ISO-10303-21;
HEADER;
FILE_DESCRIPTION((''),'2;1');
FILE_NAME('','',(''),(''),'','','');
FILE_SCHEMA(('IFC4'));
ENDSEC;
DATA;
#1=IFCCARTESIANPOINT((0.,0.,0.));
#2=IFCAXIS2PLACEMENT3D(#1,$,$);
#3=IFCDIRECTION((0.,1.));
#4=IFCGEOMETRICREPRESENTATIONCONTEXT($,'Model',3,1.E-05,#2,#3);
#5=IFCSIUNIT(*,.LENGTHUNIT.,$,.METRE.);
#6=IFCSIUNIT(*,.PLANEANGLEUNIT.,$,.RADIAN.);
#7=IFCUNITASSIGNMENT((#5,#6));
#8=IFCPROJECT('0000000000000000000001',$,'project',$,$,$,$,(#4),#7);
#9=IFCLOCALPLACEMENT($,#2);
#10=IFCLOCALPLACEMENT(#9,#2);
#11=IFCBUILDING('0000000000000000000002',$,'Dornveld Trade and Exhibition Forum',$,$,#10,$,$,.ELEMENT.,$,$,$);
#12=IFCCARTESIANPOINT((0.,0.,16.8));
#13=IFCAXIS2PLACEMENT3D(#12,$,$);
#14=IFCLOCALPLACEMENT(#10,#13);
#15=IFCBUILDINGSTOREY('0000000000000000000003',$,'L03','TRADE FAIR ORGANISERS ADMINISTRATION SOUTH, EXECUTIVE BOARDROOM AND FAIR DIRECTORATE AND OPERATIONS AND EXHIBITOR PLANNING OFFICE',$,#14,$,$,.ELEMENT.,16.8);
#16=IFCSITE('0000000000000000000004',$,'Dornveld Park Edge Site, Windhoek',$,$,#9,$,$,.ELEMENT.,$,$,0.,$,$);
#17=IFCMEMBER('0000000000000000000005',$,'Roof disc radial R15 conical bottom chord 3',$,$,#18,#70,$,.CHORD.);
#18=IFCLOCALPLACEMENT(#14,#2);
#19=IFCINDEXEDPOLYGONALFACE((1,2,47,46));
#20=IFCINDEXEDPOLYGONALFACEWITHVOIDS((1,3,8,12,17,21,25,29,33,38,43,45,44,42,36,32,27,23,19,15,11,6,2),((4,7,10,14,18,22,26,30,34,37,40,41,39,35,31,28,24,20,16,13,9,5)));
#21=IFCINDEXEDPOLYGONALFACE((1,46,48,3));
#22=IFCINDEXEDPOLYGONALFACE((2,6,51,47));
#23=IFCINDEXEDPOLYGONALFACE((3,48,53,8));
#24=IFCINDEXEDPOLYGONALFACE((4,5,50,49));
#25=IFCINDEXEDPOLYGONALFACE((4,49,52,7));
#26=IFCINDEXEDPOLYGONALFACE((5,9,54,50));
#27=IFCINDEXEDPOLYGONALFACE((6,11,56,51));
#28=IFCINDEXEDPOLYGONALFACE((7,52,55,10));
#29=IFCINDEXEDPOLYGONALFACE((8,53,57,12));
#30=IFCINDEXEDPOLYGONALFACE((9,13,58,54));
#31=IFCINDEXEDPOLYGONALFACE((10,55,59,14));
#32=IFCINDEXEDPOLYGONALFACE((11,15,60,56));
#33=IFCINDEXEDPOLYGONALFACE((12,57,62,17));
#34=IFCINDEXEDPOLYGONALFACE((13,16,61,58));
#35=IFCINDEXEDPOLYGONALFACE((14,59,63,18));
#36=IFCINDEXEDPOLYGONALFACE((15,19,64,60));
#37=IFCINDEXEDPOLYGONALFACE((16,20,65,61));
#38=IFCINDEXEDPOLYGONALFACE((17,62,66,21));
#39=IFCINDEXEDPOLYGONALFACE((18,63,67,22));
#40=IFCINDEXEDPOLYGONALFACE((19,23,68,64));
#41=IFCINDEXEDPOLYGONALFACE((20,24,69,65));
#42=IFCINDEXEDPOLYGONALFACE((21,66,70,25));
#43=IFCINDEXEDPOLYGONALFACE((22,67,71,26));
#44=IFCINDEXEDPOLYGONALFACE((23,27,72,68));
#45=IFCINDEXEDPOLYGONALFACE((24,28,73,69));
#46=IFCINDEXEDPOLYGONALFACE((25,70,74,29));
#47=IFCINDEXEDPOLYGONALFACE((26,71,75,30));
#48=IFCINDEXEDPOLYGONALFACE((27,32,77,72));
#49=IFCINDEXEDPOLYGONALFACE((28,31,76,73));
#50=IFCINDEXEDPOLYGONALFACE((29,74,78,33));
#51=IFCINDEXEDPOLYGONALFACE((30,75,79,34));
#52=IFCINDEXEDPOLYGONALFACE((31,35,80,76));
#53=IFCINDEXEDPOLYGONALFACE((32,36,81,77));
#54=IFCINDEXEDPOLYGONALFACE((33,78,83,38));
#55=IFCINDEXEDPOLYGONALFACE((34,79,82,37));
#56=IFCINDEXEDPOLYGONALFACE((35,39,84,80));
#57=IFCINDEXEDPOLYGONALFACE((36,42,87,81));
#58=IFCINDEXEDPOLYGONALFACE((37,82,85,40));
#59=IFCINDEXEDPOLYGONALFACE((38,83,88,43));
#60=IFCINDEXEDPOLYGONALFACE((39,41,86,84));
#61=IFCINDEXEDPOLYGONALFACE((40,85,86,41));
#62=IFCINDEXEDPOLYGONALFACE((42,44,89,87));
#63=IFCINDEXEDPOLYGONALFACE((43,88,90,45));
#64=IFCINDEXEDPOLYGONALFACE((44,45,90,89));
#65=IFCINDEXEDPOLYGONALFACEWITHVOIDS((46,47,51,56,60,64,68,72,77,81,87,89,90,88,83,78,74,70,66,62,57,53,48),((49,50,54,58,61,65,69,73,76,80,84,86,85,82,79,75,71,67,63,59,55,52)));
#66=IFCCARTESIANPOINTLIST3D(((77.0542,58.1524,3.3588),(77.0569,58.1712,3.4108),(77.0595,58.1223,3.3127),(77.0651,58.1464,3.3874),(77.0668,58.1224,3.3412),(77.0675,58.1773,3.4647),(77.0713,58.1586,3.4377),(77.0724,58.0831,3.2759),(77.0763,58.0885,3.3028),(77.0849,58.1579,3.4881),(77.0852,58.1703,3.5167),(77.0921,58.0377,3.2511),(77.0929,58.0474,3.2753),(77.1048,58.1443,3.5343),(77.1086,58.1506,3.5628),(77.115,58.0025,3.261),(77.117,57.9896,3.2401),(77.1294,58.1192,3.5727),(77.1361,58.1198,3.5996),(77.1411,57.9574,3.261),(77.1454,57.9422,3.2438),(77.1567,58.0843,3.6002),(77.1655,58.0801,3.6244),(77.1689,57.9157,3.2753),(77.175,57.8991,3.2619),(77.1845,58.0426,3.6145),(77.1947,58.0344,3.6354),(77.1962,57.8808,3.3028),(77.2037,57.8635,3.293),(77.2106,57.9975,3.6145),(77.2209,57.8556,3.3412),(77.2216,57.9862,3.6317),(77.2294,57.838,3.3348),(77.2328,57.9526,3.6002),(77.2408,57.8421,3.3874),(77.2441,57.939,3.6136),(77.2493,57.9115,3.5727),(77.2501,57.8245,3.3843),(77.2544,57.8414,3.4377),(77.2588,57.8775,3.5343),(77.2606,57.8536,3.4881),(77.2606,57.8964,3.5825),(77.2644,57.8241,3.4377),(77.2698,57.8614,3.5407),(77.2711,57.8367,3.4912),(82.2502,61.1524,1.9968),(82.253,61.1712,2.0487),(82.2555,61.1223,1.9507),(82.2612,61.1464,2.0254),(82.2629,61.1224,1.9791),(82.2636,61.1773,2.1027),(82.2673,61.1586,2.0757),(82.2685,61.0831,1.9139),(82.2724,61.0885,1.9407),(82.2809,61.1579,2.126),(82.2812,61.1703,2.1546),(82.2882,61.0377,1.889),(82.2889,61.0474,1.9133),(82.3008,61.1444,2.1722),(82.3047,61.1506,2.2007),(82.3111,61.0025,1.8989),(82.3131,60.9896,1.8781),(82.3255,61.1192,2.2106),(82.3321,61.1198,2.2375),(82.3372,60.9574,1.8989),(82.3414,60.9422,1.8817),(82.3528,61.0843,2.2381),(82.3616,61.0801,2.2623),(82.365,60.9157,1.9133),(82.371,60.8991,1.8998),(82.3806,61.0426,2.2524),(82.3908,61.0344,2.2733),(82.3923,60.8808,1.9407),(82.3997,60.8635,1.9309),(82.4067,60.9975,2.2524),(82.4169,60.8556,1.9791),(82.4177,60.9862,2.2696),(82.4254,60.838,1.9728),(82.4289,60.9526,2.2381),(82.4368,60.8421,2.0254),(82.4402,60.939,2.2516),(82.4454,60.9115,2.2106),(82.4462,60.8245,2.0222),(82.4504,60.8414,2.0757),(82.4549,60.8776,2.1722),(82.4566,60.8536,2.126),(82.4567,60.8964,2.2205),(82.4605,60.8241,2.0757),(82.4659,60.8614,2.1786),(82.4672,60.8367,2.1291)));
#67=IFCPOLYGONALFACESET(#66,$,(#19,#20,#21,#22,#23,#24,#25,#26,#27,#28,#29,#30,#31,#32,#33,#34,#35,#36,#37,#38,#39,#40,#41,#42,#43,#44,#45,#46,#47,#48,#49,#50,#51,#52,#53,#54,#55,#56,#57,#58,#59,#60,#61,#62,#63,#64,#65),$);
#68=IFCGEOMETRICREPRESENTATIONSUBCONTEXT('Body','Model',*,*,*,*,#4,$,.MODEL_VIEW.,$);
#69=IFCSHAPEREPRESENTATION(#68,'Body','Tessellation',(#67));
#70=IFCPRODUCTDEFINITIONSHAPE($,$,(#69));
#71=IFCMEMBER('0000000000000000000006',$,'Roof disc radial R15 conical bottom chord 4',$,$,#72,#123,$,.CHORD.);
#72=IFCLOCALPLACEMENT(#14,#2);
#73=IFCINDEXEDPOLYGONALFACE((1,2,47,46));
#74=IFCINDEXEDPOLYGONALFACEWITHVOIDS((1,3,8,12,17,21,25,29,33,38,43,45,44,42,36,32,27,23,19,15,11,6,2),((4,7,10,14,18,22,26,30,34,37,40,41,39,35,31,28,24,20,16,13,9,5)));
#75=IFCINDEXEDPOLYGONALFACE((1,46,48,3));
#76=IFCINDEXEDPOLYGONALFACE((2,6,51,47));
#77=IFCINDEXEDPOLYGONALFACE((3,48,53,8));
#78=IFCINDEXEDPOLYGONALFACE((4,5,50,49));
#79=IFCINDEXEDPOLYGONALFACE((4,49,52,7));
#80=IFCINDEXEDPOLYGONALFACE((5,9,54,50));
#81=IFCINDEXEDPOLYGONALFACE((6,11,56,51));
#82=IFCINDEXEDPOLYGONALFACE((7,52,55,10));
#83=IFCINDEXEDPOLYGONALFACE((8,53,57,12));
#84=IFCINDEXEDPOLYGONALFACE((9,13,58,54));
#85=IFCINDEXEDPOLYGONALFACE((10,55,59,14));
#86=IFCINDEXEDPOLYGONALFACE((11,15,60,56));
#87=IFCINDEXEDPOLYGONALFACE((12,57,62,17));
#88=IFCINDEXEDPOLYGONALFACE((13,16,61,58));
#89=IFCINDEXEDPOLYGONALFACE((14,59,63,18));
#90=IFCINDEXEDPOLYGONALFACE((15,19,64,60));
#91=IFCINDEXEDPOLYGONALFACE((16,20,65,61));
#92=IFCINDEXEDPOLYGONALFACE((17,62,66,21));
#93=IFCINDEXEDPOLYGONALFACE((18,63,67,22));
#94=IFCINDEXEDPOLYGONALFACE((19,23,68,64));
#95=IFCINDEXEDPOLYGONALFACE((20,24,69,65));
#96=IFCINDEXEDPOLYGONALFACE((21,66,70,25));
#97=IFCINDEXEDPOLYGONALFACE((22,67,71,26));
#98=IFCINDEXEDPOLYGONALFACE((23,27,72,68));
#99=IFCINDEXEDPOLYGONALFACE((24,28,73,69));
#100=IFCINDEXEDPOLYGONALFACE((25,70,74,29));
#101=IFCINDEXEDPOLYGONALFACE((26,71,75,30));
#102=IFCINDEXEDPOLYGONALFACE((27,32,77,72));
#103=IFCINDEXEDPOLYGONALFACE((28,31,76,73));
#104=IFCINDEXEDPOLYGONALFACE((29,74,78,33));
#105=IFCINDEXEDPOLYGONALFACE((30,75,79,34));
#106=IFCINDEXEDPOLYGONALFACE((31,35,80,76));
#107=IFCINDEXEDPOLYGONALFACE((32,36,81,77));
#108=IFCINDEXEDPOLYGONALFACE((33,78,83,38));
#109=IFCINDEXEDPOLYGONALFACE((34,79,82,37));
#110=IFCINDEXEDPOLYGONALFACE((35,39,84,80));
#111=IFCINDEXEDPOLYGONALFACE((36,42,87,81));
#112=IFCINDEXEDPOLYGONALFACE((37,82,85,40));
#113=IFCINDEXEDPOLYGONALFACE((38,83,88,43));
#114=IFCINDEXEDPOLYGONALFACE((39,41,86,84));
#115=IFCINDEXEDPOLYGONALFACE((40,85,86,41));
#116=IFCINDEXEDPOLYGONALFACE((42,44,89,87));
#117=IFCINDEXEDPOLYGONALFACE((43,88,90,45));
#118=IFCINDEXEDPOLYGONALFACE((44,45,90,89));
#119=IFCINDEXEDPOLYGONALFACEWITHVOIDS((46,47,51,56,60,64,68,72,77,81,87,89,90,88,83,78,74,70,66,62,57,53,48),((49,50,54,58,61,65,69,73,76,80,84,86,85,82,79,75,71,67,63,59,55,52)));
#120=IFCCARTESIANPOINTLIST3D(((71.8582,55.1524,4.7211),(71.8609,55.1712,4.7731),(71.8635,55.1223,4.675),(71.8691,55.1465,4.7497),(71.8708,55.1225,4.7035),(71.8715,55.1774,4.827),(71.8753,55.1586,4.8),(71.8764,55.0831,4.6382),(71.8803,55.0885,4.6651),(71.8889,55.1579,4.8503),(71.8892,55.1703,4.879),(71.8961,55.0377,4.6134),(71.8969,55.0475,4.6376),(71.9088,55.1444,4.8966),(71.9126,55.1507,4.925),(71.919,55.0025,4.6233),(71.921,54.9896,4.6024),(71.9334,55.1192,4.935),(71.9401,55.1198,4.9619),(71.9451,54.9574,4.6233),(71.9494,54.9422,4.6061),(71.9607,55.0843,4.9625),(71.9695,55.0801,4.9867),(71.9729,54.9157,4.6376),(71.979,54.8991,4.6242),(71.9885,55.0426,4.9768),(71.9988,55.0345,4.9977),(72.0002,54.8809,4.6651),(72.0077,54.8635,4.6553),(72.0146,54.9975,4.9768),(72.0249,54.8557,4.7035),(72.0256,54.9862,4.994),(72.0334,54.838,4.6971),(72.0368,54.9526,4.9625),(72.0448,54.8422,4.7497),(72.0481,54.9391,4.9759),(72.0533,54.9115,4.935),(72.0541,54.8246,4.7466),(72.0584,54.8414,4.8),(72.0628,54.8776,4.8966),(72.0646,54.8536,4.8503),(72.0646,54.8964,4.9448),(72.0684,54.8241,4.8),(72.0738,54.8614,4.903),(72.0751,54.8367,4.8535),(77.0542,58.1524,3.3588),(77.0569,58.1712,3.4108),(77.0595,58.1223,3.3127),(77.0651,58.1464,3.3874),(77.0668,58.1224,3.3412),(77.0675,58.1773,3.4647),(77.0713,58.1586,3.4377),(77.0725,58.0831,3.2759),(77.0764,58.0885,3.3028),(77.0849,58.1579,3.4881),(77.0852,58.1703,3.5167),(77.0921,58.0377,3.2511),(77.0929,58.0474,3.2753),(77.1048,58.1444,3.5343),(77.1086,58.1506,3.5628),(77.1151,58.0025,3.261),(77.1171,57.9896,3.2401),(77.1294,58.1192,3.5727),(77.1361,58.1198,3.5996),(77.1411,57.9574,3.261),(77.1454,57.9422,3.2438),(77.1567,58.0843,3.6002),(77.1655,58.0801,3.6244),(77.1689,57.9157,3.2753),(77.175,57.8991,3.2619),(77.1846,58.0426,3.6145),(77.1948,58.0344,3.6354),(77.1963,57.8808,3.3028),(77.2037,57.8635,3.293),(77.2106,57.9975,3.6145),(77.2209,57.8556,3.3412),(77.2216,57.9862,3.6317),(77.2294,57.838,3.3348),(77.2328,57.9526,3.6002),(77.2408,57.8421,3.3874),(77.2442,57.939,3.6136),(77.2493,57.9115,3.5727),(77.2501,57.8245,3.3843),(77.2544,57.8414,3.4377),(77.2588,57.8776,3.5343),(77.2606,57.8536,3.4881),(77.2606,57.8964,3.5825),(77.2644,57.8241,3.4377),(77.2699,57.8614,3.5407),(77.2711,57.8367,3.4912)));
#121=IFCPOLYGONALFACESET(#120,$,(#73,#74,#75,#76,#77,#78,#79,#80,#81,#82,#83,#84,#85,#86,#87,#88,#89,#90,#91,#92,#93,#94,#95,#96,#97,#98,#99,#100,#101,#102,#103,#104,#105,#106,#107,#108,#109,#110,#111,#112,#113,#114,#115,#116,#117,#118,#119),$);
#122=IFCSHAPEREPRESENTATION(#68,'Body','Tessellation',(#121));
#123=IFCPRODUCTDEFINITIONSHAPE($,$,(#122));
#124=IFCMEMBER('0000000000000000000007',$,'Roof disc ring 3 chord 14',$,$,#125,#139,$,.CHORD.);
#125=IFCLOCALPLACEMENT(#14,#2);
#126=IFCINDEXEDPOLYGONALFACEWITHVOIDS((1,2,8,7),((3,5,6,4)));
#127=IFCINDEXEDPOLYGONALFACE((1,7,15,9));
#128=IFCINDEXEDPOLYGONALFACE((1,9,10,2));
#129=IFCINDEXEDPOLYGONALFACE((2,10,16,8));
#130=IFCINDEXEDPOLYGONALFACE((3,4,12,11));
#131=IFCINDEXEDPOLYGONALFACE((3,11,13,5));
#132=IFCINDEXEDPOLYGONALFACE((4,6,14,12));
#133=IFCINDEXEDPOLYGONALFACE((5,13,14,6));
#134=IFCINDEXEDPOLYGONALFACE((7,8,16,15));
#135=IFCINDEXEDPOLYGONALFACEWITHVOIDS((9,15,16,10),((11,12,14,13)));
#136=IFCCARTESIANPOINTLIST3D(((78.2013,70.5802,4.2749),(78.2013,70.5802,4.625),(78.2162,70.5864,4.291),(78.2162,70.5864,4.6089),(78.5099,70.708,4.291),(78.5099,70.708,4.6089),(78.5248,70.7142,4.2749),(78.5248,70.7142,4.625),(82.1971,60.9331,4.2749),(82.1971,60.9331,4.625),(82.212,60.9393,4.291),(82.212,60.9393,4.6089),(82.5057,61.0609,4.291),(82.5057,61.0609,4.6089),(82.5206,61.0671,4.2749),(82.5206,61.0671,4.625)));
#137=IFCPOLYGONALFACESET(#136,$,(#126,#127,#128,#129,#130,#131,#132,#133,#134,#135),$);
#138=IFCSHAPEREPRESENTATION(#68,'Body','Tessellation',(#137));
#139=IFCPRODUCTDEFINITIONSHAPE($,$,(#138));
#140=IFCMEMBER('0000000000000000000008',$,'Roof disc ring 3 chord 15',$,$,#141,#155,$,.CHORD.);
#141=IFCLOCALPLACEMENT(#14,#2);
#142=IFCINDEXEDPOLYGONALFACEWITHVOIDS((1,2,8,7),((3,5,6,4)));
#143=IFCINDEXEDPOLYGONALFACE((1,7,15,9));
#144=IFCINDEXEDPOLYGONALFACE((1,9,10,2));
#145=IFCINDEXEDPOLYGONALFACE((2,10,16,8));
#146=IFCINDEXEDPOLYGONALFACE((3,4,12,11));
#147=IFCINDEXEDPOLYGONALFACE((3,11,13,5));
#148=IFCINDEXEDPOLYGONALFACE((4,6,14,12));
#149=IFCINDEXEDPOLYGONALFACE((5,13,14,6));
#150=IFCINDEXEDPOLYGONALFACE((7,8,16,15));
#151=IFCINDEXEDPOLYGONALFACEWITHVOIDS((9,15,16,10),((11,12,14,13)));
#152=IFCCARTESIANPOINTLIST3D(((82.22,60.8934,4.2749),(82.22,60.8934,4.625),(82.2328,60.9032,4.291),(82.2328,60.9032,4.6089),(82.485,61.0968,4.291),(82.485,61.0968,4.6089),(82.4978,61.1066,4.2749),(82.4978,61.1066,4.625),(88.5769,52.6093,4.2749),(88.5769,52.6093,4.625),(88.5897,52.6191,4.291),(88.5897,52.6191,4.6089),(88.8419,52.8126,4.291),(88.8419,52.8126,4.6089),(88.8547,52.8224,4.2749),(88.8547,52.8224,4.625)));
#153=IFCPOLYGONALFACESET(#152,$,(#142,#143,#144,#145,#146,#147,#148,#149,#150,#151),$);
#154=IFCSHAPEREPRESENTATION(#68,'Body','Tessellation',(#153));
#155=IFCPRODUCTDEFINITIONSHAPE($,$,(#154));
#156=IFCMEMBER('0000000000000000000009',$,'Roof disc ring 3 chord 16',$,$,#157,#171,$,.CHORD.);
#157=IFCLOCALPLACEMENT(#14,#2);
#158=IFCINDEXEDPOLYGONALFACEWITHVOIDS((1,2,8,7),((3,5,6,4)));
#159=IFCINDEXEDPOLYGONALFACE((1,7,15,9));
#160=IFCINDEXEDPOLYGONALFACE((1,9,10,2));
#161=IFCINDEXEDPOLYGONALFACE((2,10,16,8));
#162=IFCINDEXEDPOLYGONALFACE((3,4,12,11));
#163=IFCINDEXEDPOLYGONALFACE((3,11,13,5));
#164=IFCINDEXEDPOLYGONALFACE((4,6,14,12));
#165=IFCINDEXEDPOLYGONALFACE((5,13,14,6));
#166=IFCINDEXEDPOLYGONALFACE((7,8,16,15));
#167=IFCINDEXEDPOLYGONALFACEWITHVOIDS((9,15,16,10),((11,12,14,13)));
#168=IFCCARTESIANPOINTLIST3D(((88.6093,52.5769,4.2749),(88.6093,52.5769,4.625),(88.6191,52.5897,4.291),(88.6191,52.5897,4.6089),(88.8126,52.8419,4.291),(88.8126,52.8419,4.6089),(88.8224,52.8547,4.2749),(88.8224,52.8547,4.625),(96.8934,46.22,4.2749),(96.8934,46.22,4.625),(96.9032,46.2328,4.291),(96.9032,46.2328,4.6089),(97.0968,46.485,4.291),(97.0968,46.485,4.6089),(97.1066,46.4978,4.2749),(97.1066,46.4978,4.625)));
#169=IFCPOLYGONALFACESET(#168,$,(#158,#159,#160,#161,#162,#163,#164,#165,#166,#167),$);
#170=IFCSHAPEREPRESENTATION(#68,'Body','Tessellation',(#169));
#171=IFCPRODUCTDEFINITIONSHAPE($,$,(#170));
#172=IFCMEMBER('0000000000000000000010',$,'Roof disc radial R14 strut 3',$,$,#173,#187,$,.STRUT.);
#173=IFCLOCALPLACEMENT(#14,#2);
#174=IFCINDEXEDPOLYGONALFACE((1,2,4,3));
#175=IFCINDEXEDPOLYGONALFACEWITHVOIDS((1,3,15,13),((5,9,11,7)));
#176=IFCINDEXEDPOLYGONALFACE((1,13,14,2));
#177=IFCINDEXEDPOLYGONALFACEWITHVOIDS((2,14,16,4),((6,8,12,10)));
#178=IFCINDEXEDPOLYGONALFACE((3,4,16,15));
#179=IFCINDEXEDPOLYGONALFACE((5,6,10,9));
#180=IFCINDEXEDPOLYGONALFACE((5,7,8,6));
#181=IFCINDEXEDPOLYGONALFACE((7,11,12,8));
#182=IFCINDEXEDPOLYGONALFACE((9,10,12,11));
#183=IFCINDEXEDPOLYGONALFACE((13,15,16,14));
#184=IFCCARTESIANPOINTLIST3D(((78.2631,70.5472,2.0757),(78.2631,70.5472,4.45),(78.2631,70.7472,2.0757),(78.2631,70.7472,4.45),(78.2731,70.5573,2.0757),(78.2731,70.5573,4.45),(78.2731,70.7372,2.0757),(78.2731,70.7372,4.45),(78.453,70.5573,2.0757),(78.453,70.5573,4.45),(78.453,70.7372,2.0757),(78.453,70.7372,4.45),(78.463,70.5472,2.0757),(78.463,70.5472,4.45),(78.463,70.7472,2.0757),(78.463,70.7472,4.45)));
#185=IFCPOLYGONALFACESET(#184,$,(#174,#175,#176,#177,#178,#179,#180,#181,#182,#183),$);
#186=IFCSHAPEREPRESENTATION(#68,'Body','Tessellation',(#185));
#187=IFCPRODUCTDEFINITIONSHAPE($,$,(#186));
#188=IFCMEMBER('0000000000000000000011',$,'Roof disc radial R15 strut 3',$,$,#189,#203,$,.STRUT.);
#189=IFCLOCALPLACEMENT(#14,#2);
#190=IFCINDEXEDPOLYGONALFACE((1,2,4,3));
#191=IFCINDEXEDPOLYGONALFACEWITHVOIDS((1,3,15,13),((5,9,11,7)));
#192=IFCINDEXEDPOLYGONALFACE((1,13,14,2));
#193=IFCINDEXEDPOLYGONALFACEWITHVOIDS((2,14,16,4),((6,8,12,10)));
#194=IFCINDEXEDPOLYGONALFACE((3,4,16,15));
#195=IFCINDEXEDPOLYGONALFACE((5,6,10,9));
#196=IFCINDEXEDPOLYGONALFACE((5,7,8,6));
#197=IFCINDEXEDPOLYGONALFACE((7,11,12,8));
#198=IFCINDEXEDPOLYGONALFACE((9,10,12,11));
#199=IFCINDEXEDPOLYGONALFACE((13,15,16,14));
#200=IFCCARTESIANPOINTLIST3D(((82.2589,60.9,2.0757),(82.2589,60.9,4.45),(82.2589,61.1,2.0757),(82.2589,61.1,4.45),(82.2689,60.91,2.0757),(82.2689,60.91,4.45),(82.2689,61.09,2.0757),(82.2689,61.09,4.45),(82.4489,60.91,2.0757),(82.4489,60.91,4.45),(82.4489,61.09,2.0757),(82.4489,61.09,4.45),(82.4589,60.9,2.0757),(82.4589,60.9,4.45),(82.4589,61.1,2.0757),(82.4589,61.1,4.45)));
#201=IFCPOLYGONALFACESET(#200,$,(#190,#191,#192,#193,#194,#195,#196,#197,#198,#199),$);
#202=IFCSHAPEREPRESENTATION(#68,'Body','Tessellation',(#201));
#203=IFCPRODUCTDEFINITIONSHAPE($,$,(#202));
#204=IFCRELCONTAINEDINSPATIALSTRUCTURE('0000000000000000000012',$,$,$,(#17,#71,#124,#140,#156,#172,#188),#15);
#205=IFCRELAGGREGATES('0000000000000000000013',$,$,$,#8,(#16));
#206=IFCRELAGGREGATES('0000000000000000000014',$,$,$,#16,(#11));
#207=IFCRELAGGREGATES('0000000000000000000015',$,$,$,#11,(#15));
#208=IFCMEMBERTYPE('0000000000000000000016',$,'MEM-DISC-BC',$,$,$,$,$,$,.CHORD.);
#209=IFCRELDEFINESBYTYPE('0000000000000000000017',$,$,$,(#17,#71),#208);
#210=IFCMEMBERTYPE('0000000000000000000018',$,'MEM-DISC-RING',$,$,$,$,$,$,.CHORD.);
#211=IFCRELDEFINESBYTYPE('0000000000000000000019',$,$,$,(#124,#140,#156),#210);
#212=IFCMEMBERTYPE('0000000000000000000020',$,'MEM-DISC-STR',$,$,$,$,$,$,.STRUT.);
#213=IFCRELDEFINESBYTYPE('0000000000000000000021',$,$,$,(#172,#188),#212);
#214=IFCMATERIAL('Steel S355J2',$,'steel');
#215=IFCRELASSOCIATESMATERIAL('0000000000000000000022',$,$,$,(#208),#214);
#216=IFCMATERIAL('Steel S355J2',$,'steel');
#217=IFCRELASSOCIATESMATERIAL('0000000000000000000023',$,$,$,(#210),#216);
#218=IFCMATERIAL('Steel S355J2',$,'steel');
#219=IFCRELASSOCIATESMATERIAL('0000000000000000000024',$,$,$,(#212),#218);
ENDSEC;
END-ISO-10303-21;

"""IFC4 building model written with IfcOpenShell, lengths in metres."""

from ifc_helpers import new_model, si_unit, direction, frame, origin, origin_2d, place, context, subcontext, project, spatial, hollow_rectangle, hollow_circle, extrude, material, material_profile, profile_set, type_object, element, save


model = new_model("IFC4")

# Units and contexts
model_context = context("Model", 3, precision=1e-05, world=origin(), true_north=direction((0.0, 1.0)))
body_context = subcontext(model_context, "Body", "Model", "MODEL_VIEW")
ifc_project = project(units=[si_unit("LENGTHUNIT", "METRE"), si_unit("PLANEANGLEUNIT", "RADIAN")], contexts=[model_context])

# Site, building, storey
site_placement = place(None, origin())
site = spatial("IfcSite", under=ifc_project, at=site_placement, Name="Dornveld Park Edge Site, Windhoek", CompositionType="ELEMENT", RefElevation=0.0)
building_placement = place(site_placement, origin())
building = spatial("IfcBuilding", under=site, at=building_placement, Name="Dornveld Trade and Exhibition Forum", CompositionType="ELEMENT")
storey_placement = place(building_placement, frame((0.0, 0.0, 16.8)))
storey = spatial("IfcBuildingStorey", under=building, at=storey_placement, Name="L03", Description="TRADE FAIR ORGANISERS ADMINISTRATION SOUTH, EXECUTIVE BOARDROOM AND FAIR DIRECTORATE AND OPERATIONS AND EXHIBITOR PLANNING OFFICE", CompositionType="ELEMENT", Elevation=16.8)

# Members
ifc_material_1 = material(Name="Steel S355J2", Category="steel")
ifc_material_profile_1 = material_profile(ifc_material_1, hollow_circle(Radius=0.2031, WallThickness=0.02, at=origin_2d()), Name="CHS 406.4x20")
ifc_profile_set_1 = profile_set([ifc_material_profile_1], Name="Steel S355J2")
member_type_1 = type_object("IfcMemberType", Name="MEM-DISC-BC", PredefinedType="CHORD", material=ifc_profile_set_1)
for number, where, z_axis, x_axis, name in (
    (1, (82.3589, 61.0, 2.0757), (-0.844533, -0.487601, 0.221381), (0.500008, -0.866021, 0.0), "Roof disc radial R15 conical bottom chord 3"),
    (2, (77.1628, 58.0, 3.4377), (-0.844525, -0.487597, 0.221419), (0.500008, -0.866021, 0.0), "Roof disc radial R15 conical bottom chord 4"),
):
    element("IfcMember", number, at=place(storey_placement, frame(where, z_axis=z_axis, x_axis=x_axis)), inside=storey, type_object=member_type_1, Name=name, PredefinedType="CHORD", context=body_context, shape_type="SweptSolid", body=[
        extrude(hollow_circle(Radius=0.2031, WallThickness=0.02, at=origin_2d()), origin(), (0.0, 0.0, 1.0), 6.1526),
    ])
ifc_material_2 = material(Name="Steel S355J2", Category="steel")
ifc_material_profile_2 = material_profile(ifc_material_2, hollow_rectangle(XDim=0.3501, YDim=0.3501, WallThickness=0.0161, at=origin_2d()), Name="SHS 350x350x16")
ifc_profile_set_2 = profile_set([ifc_material_profile_2], Name="Steel S355J2")
member_type_2 = type_object("IfcMemberType", Name="MEM-DISC-RING", PredefinedType="CHORD", material=ifc_profile_set_2)
member_1_placement = place(storey_placement, frame((78.363, 70.6472, 4.45), z_axis=(0.38267, -0.923885, 0.0), x_axis=(0.923885, 0.38267, 0.0)))
element("IfcMember", 3, at=member_1_placement, inside=storey, type_object=member_type_2, Name="Roof disc ring 3 chord 14", PredefinedType="CHORD", context=body_context, shape_type="SweptSolid", body=[
    extrude(hollow_rectangle(XDim=0.3501, YDim=0.3501, WallThickness=0.0161, at=origin_2d()), origin(), (0.0, 0.0, 1.0), 10.4419),
])
for number, where, z_axis, x_axis, name in (
    (4, (82.3589, 61.0, 4.45), (0.608777, -0.793341, 0.0), (0.793341, 0.608777, 0.0), "Roof disc ring 3 chord 15"),
    (5, (88.7158, 52.7158, 4.45), (0.793341, -0.608777, 0.0), (0.608777, 0.793341, 0.0), "Roof disc ring 3 chord 16"),
):
    element("IfcMember", number, at=place(storey_placement, frame(where, z_axis=z_axis, x_axis=x_axis)), inside=storey, type_object=member_type_2, Name=name, PredefinedType="CHORD", context=body_context, shape_type="SweptSolid", body=[
        extrude(hollow_rectangle(XDim=0.3501, YDim=0.3501, WallThickness=0.0161, at=origin_2d()), origin(), (0.0, 0.0, 1.0), 10.4421),
    ])
ifc_material_3 = material(Name="Steel S355J2", Category="steel")
ifc_material_profile_3 = material_profile(ifc_material_3, hollow_rectangle(XDim=0.2, YDim=0.2, WallThickness=0.01, at=origin_2d()), Name="SHS 200x200x10")
ifc_profile_set_3 = profile_set([ifc_material_profile_3], Name="Steel S355J2")
member_type_3 = type_object("IfcMemberType", Name="MEM-DISC-STR", PredefinedType="STRUT", material=ifc_profile_set_3)
for number, where, z_axis, x_axis, name in (
    (6, (78.363, 70.6472, 2.0757), (0.0, 0.0, 1.0), (1.0, 0.0, 0.0), "Roof disc radial R14 strut 3"),
    (7, (82.3589, 61.0, 2.0757), (0.0, 0.0, 1.0), (1.0, 0.0, 0.0), "Roof disc radial R15 strut 3"),
):
    element("IfcMember", number, at=place(storey_placement, frame(where, z_axis=z_axis, x_axis=x_axis)), inside=storey, type_object=member_type_3, Name=name, PredefinedType="STRUT", context=body_context, shape_type="SweptSolid", body=[
        extrude(hollow_rectangle(XDim=0.2, YDim=0.2, WallThickness=0.01, at=origin_2d()), origin(), (0.0, 0.0, 1.0), 2.3743),
    ])

save(model, "model.ifc")
